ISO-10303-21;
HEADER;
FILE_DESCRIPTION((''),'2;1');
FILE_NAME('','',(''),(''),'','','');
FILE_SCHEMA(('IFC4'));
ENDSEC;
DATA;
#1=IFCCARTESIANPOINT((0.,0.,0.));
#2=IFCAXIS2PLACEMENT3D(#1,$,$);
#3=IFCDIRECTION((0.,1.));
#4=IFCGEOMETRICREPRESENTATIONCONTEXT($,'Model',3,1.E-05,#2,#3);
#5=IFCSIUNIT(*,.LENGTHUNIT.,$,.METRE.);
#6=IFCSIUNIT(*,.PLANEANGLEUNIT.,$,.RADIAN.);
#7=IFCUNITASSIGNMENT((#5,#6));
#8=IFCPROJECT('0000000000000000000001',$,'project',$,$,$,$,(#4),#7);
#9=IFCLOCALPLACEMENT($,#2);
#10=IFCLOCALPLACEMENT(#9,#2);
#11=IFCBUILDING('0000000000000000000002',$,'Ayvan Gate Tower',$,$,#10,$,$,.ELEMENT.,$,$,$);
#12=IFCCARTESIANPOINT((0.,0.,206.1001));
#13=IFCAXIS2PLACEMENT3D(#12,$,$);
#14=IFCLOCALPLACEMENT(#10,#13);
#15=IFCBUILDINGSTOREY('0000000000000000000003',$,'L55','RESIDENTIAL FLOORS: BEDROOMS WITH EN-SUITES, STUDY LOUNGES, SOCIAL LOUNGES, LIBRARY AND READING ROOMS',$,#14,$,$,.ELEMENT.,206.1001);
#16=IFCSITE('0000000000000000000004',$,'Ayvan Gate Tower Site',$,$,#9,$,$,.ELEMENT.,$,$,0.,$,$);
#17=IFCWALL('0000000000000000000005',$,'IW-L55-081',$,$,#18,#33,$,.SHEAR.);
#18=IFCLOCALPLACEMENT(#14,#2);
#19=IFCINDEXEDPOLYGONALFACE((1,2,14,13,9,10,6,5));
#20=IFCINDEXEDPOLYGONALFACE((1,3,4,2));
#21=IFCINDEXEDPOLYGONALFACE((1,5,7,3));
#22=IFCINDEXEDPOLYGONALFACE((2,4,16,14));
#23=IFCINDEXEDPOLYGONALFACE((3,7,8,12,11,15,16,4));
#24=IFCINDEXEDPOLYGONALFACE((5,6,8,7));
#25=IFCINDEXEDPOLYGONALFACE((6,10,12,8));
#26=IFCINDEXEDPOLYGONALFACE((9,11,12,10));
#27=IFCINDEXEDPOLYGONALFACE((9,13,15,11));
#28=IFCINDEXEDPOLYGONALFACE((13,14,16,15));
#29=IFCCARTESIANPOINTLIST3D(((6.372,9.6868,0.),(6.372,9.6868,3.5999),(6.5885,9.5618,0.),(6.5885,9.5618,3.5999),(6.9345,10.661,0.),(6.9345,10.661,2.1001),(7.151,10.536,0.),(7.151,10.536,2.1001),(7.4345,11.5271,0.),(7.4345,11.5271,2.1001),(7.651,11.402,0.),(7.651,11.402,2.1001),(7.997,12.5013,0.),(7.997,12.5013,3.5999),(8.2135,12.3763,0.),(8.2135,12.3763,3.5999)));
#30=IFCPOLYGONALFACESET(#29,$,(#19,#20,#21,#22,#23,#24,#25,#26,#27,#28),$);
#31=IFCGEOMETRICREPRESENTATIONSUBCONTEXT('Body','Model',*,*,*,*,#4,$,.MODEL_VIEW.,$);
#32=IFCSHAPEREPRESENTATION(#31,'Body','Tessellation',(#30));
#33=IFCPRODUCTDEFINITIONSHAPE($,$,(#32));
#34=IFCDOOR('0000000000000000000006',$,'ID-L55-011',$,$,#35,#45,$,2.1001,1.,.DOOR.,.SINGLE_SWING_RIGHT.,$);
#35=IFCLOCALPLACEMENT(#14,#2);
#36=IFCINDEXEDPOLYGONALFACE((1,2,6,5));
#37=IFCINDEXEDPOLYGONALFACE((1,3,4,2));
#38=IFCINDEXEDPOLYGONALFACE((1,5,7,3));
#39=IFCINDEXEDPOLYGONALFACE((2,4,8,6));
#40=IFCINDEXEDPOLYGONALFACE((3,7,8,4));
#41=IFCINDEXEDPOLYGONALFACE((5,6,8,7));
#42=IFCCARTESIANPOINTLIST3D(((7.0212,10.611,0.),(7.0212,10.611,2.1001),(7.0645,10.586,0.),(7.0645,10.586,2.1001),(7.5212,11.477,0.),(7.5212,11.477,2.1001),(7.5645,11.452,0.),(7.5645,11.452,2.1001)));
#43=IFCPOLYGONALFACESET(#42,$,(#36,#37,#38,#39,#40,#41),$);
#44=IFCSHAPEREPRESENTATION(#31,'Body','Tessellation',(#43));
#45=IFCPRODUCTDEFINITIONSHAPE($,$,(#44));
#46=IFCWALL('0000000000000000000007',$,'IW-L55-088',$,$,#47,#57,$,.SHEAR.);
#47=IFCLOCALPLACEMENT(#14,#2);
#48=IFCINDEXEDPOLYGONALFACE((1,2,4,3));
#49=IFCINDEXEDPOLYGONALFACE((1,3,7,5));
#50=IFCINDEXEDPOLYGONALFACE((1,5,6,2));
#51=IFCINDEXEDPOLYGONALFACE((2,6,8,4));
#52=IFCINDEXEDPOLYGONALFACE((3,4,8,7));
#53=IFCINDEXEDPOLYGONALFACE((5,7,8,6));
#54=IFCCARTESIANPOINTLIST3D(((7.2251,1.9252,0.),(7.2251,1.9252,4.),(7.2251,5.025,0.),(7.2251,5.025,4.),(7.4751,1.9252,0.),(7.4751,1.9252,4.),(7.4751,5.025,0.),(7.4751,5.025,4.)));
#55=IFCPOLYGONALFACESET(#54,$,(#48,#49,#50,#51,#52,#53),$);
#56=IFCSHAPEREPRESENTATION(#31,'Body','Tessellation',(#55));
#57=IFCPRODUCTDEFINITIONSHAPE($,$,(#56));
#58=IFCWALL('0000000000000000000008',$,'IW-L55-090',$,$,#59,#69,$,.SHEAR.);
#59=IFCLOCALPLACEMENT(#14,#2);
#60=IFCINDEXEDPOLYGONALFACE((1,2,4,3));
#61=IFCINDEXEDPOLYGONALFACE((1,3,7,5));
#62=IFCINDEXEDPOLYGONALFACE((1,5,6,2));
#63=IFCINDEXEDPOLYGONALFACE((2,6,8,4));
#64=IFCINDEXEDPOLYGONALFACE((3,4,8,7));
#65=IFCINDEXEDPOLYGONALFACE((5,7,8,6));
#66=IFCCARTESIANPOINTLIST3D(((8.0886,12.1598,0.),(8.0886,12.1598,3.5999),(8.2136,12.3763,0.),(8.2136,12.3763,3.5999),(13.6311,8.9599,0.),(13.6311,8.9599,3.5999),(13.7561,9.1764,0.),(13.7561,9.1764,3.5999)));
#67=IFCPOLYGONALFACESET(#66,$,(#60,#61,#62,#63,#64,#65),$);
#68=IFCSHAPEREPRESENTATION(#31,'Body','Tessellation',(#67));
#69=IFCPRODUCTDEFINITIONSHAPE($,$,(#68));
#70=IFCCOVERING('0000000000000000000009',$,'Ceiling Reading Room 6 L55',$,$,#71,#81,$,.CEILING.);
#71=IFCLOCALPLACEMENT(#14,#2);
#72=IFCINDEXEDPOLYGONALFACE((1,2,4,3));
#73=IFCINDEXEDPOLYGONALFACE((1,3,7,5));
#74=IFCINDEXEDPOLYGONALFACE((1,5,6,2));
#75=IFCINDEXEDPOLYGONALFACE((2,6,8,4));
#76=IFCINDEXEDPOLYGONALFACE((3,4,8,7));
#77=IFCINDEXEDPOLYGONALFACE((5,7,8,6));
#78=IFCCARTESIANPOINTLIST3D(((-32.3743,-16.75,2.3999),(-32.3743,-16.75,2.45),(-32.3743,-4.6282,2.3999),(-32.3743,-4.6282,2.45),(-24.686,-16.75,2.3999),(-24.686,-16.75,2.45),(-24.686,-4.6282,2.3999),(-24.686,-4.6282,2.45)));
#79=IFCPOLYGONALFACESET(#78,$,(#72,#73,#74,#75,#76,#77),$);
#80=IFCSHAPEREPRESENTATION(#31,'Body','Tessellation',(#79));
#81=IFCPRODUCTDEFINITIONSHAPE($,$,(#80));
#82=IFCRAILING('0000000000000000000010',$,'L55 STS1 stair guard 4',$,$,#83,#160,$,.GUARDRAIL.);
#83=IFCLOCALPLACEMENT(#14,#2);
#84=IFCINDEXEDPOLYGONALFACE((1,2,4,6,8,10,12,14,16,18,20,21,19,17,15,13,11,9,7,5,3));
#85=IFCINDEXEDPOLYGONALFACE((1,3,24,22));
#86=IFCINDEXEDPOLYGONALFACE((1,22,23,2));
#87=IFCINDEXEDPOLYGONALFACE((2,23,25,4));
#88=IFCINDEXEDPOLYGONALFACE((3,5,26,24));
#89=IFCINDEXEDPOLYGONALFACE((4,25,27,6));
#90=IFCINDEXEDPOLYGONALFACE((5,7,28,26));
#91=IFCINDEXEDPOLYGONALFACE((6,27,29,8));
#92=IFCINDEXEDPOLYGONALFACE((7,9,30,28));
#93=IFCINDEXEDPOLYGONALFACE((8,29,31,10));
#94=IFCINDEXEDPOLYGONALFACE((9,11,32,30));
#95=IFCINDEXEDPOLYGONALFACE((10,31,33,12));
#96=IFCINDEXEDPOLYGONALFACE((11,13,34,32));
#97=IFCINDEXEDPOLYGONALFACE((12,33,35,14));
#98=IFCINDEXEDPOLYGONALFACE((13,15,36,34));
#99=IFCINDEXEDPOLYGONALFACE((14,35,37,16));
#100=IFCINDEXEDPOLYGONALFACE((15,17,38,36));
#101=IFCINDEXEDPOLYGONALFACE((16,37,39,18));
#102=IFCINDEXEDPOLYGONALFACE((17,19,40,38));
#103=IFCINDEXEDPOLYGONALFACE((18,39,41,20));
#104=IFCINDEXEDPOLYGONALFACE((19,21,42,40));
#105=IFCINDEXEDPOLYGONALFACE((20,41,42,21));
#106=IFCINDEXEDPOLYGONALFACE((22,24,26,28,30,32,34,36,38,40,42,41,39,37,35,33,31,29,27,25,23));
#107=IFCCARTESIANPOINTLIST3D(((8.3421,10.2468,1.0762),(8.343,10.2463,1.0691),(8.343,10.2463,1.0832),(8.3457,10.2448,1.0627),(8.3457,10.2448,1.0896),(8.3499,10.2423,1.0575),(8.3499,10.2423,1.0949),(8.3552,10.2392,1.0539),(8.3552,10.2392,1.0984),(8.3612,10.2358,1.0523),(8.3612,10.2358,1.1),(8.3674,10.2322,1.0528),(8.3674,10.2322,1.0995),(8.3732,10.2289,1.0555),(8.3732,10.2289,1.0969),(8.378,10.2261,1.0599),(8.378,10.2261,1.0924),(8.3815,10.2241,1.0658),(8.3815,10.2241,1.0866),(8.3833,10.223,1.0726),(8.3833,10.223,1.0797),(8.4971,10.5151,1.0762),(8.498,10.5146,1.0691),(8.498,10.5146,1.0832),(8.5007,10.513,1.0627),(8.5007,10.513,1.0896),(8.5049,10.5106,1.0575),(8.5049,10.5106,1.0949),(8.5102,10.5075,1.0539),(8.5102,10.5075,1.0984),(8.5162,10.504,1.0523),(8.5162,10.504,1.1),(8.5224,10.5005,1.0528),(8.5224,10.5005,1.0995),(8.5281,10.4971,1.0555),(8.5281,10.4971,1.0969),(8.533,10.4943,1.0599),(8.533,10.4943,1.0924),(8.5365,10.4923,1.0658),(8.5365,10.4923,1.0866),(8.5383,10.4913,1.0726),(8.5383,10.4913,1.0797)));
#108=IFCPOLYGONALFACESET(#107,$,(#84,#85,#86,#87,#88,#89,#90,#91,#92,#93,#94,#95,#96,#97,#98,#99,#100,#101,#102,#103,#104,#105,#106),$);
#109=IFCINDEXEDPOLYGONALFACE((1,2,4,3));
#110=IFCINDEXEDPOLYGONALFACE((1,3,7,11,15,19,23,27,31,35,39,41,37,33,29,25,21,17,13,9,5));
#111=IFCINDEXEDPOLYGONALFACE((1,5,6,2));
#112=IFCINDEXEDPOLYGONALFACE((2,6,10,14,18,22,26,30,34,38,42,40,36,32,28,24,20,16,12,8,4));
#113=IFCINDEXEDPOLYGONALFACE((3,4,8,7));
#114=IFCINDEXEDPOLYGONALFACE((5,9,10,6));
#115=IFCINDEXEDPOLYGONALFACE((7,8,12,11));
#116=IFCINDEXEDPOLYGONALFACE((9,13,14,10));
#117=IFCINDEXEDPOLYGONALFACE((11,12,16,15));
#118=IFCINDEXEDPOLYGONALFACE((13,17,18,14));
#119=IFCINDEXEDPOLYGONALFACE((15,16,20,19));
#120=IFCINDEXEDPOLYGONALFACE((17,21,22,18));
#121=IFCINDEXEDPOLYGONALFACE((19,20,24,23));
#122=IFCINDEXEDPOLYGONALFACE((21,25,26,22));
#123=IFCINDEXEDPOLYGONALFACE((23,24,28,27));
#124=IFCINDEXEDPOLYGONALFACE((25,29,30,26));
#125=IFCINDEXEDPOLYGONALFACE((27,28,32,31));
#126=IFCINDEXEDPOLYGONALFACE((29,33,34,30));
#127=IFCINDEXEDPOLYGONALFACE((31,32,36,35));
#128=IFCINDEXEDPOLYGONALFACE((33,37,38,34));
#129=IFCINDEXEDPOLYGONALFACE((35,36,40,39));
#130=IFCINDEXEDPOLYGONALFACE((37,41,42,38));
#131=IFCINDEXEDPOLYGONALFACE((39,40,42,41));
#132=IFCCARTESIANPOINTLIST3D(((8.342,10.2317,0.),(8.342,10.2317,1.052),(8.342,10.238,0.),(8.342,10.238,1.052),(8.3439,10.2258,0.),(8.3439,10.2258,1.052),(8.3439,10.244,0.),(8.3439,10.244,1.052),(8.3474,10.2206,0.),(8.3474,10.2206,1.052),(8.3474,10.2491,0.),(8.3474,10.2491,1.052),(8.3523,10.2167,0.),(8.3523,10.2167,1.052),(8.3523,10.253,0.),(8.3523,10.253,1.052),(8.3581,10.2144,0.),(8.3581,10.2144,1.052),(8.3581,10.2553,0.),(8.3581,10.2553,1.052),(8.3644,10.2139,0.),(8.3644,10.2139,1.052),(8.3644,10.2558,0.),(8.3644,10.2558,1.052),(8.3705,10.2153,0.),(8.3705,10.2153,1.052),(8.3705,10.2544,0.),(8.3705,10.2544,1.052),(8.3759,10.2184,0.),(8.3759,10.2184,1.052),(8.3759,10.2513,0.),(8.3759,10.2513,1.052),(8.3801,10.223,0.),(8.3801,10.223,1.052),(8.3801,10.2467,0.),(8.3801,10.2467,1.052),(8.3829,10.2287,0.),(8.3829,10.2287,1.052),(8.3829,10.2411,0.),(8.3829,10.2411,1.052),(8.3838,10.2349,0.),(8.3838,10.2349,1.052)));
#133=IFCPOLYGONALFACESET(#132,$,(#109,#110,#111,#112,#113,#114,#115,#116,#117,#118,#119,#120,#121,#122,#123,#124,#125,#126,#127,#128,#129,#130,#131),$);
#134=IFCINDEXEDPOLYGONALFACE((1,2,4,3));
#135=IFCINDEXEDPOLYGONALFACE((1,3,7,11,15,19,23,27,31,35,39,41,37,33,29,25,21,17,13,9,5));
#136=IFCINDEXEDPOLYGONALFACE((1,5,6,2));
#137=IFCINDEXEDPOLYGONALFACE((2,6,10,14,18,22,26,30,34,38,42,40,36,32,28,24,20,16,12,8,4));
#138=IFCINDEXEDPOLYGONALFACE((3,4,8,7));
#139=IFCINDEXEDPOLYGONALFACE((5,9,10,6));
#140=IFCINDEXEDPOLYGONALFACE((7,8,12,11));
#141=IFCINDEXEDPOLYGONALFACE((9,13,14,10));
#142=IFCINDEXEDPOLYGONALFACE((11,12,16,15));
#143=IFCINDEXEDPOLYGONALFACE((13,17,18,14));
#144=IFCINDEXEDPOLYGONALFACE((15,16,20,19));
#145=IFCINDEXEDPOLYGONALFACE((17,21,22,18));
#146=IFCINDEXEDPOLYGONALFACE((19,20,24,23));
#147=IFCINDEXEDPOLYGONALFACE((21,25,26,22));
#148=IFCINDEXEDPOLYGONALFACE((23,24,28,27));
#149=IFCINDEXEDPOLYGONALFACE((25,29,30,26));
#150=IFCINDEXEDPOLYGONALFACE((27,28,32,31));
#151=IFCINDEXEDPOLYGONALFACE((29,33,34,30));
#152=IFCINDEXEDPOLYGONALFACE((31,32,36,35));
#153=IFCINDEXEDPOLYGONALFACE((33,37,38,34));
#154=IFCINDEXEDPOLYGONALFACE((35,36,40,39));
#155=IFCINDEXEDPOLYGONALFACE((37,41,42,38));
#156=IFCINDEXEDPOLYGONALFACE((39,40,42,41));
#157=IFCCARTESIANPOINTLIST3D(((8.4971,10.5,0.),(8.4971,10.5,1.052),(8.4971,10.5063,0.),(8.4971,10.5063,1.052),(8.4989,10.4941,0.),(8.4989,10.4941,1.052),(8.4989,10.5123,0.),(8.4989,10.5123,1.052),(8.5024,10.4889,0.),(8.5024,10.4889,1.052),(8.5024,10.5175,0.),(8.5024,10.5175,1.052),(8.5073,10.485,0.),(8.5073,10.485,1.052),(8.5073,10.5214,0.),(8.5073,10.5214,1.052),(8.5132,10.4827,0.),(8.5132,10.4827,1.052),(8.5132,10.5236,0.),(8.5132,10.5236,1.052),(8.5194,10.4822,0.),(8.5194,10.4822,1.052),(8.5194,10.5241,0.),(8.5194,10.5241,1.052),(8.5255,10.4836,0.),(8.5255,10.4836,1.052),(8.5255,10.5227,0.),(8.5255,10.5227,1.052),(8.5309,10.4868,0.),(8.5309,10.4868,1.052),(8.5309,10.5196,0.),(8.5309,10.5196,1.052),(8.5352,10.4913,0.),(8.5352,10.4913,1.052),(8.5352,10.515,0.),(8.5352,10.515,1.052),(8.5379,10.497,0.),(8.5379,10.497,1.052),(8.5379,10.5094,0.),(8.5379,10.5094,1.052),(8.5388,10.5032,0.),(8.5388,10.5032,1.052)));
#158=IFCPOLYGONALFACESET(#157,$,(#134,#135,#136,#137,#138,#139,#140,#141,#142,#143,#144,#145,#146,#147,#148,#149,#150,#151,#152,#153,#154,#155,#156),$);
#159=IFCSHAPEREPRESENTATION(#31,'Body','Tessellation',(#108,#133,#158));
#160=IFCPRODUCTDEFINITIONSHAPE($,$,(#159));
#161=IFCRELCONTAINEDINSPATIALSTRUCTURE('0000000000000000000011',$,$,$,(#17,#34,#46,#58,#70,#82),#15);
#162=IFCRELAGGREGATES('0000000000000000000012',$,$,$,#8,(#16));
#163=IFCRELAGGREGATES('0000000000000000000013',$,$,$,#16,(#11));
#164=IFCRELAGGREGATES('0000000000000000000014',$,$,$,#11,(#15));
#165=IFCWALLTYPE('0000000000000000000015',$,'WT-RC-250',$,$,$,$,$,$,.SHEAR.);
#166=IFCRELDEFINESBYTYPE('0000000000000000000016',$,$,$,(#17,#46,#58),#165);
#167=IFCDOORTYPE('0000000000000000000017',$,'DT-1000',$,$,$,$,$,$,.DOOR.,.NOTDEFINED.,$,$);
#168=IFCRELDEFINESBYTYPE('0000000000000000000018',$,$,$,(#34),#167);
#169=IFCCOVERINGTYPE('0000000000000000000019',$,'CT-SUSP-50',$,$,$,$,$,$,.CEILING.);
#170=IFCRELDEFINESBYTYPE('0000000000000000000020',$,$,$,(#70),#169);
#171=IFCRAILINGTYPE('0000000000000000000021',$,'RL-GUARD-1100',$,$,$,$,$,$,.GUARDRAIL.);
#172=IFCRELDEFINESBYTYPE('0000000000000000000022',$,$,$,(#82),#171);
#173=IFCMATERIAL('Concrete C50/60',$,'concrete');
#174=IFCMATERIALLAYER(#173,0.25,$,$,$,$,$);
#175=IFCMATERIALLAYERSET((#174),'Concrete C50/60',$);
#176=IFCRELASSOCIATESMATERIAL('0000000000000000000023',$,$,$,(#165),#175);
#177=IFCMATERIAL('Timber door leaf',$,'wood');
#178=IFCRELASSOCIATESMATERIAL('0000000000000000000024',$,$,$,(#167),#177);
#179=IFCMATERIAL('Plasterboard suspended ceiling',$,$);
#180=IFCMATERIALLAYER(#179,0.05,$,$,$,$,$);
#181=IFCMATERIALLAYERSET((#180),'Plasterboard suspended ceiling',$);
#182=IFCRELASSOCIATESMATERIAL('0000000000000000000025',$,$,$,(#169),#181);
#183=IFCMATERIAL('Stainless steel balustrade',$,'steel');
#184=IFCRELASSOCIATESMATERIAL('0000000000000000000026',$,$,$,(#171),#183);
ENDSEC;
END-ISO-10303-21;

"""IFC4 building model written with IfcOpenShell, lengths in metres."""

from ifc_helpers import new_model, si_unit, direction, frame, frame_2d, origin, origin_2d, place, context, subcontext, project, spatial, polyline, rectangle, circle, outline, extrude, material, layer, layer_set, type_object, element, fill, save


model = new_model("IFC4")

# Units and contexts
model_context = context("Model", 3, precision=1e-05, world=origin(), true_north=direction((0.0, 1.0)))
body_context = subcontext(model_context, "Body", "Model", "MODEL_VIEW")
ifc_project = project(units=[si_unit("LENGTHUNIT", "METRE"), si_unit("PLANEANGLEUNIT", "RADIAN")], contexts=[model_context])

# Site, building, storey
site_placement = place(None, origin())
site = spatial("IfcSite", under=ifc_project, at=site_placement, Name="Ayvan Gate Tower Site", CompositionType="ELEMENT", RefElevation=0.0)
building_placement = place(site_placement, origin())
building = spatial("IfcBuilding", under=site, at=building_placement, Name="Ayvan Gate Tower", CompositionType="ELEMENT")
storey_placement = place(building_placement, frame((0.0, 0.0, 206.1001)))
storey = spatial("IfcBuildingStorey", under=building, at=storey_placement, Name="L55", Description="RESIDENTIAL FLOORS: BEDROOMS WITH EN-SUITES, STUDY LOUNGES, SOCIAL LOUNGES, LIBRARY AND READING ROOMS", CompositionType="ELEMENT", Elevation=206.1001)

# Shared definitions
ifc_material_1 = material(Name="Timber door leaf", Category="wood")

# Shared definitions
ifc_material_2 = material(Name="Concrete C50/60", Category="concrete")
ifc_layer_1 = layer(ifc_material_2, 0.25)
ifc_layer_set_1 = layer_set([ifc_layer_1], Name="Concrete C50/60")
wall_type_1 = type_object("IfcWallType", Name="WT-RC-250", PredefinedType="SHEAR", material=ifc_layer_set_1)

# Wall, opening, door
wall_1_placement = place(storey_placement, frame((6.4802, 9.6243, 0.0), z_axis=(0.0, 0.0, 1.0), x_axis=(0.500017, 0.866015, 0.0)))
wall_1 = element("IfcWall", 1, at=wall_1_placement, inside=storey, type_object=wall_type_1, Name="IW-L55-081", PredefinedType="SHEAR", context=body_context, shape_type="SweptSolid", body=[
    extrude(rectangle(XDim=3.25, YDim=0.25, at=frame_2d((1.625, 0.0))), origin(), (0.0, 0.0, 1.0), 3.5999),
])
opening_1_placement = place(wall_1_placement, frame((1.125, 0.0, 0.0)))
opening_1 = element("IfcOpeningElement", 2, at=opening_1_placement, cuts=wall_1, PredefinedType="OPENING", context=body_context, shape_type="SweptSolid", body=[
    extrude(rectangle(XDim=1.0, YDim=2.1001, at=frame_2d((0.5, 1.05))), frame((0.0, 0.135, 0.0), z_axis=(0.0, -1.0, 0.0), x_axis=(1.0, 0.0, 0.0)), (0.0, 0.0, 1.0), 0.27),
])
door_type_1 = type_object("IfcDoorType", Name="DT-1000", OperationType="NOTDEFINED", PredefinedType="DOOR", material=ifc_material_1)
door_1_placement = place(opening_1_placement, origin())
door_1 = element("IfcDoor", 3, at=door_1_placement, inside=storey, type_object=door_type_1, Name="ID-L55-011", OperationType="SINGLE_SWING_RIGHT", OverallHeight=2.1001, OverallWidth=1.0, PredefinedType="DOOR", context=body_context, shape_type="SweptSolid", body=[
    extrude(rectangle(XDim=1.0, YDim=2.1001, at=frame_2d((0.5, 1.05))), frame((0.0, 0.0249, 0.0), z_axis=(0.0, -1.0, 0.0), x_axis=(1.0, 0.0, 0.0)), (0.0, 0.0, 1.0), 0.05),
])
fill(opening_1, door_1)

# Walls
wall_2_placement = place(storey_placement, frame((7.3501, 5.0249, 0.0), z_axis=(0.0, 0.0, 1.0), x_axis=(0.0, -1.0, 0.0)))
element("IfcWall", 4, at=wall_2_placement, inside=storey, type_object=wall_type_1, Name="IW-L55-088", PredefinedType="SHEAR", context=body_context, shape_type="SweptSolid", body=[
    extrude(rectangle(XDim=3.0999, YDim=0.25, at=frame_2d((1.5498, 0.0))), origin(), (0.0, 0.0, 1.0), 4.0),
])
wall_3_placement = place(storey_placement, frame((8.1511, 12.2681, 0.0), z_axis=(0.0, 0.0, 1.0), x_axis=(0.866025, -0.5, 0.0)))
element("IfcWall", 5, at=wall_3_placement, inside=storey, type_object=wall_type_1, Name="IW-L55-090", PredefinedType="SHEAR", context=body_context, shape_type="SweptSolid", body=[
    extrude(rectangle(XDim=6.3999, YDim=0.25, at=frame_2d((3.2, 0.0))), origin(), (0.0, 0.0, 1.0), 3.5999),
])

# Covering
ifc_material_3 = material(Name="Plasterboard suspended ceiling")
ifc_layer_2 = layer(ifc_material_3, 0.05)
ifc_layer_set_2 = layer_set([ifc_layer_2], Name="Plasterboard suspended ceiling")
covering_type = type_object("IfcCoveringType", Name="CT-SUSP-50", PredefinedType="CEILING", material=ifc_layer_set_2)
covering_placement = place(storey_placement, frame((0.0, 0.0, 2.3999)))
element("IfcCovering", 6, at=covering_placement, inside=storey, type_object=covering_type, Name="Ceiling Reading Room 6 L55", PredefinedType="CEILING", context=body_context, shape_type="SweptSolid", body=[
    extrude(outline(polyline([(-24.686, -4.6282), (-24.686, -16.75), (-32.3743, -16.75), (-32.3743, -4.6282), (-24.686, -4.6282)])), origin(), (0.0, 0.0, 1.0), 0.05),
])

# Railing
ifc_material_4 = material(Name="Stainless steel balustrade", Category="steel")
railing_type_1 = type_object("IfcRailingType", Name="RL-GUARD-1100", PredefinedType="GUARDRAIL", material=ifc_material_4)
railing_1_placement = place(storey_placement, frame((8.3628, 10.2349, 0.0)))
element("IfcRailing", 7, at=railing_1_placement, inside=storey, type_object=railing_type_1, Name="L55 STS1 stair guard 4", PredefinedType="GUARDRAIL", context=body_context, shape_type="SweptSolid", body=[
    extrude(circle(Radius=0.0239, at=origin_2d()), frame((0.0, 0.0, 1.0762), z_axis=(0.500291, 0.865857, 0.0), x_axis=(-0.865857, 0.500291, 0.0)), (0.0, 0.0, 1.0), 0.3098),
    extrude(circle(Radius=0.021, at=origin_2d()), origin(), (0.0, 0.0, 1.0), 1.052),
    extrude(circle(Radius=0.021, at=origin_2d()), frame((0.155, 0.2683, 0.0)), (0.0, 0.0, 1.0), 1.052),
])

save(model, "model.ifc")
